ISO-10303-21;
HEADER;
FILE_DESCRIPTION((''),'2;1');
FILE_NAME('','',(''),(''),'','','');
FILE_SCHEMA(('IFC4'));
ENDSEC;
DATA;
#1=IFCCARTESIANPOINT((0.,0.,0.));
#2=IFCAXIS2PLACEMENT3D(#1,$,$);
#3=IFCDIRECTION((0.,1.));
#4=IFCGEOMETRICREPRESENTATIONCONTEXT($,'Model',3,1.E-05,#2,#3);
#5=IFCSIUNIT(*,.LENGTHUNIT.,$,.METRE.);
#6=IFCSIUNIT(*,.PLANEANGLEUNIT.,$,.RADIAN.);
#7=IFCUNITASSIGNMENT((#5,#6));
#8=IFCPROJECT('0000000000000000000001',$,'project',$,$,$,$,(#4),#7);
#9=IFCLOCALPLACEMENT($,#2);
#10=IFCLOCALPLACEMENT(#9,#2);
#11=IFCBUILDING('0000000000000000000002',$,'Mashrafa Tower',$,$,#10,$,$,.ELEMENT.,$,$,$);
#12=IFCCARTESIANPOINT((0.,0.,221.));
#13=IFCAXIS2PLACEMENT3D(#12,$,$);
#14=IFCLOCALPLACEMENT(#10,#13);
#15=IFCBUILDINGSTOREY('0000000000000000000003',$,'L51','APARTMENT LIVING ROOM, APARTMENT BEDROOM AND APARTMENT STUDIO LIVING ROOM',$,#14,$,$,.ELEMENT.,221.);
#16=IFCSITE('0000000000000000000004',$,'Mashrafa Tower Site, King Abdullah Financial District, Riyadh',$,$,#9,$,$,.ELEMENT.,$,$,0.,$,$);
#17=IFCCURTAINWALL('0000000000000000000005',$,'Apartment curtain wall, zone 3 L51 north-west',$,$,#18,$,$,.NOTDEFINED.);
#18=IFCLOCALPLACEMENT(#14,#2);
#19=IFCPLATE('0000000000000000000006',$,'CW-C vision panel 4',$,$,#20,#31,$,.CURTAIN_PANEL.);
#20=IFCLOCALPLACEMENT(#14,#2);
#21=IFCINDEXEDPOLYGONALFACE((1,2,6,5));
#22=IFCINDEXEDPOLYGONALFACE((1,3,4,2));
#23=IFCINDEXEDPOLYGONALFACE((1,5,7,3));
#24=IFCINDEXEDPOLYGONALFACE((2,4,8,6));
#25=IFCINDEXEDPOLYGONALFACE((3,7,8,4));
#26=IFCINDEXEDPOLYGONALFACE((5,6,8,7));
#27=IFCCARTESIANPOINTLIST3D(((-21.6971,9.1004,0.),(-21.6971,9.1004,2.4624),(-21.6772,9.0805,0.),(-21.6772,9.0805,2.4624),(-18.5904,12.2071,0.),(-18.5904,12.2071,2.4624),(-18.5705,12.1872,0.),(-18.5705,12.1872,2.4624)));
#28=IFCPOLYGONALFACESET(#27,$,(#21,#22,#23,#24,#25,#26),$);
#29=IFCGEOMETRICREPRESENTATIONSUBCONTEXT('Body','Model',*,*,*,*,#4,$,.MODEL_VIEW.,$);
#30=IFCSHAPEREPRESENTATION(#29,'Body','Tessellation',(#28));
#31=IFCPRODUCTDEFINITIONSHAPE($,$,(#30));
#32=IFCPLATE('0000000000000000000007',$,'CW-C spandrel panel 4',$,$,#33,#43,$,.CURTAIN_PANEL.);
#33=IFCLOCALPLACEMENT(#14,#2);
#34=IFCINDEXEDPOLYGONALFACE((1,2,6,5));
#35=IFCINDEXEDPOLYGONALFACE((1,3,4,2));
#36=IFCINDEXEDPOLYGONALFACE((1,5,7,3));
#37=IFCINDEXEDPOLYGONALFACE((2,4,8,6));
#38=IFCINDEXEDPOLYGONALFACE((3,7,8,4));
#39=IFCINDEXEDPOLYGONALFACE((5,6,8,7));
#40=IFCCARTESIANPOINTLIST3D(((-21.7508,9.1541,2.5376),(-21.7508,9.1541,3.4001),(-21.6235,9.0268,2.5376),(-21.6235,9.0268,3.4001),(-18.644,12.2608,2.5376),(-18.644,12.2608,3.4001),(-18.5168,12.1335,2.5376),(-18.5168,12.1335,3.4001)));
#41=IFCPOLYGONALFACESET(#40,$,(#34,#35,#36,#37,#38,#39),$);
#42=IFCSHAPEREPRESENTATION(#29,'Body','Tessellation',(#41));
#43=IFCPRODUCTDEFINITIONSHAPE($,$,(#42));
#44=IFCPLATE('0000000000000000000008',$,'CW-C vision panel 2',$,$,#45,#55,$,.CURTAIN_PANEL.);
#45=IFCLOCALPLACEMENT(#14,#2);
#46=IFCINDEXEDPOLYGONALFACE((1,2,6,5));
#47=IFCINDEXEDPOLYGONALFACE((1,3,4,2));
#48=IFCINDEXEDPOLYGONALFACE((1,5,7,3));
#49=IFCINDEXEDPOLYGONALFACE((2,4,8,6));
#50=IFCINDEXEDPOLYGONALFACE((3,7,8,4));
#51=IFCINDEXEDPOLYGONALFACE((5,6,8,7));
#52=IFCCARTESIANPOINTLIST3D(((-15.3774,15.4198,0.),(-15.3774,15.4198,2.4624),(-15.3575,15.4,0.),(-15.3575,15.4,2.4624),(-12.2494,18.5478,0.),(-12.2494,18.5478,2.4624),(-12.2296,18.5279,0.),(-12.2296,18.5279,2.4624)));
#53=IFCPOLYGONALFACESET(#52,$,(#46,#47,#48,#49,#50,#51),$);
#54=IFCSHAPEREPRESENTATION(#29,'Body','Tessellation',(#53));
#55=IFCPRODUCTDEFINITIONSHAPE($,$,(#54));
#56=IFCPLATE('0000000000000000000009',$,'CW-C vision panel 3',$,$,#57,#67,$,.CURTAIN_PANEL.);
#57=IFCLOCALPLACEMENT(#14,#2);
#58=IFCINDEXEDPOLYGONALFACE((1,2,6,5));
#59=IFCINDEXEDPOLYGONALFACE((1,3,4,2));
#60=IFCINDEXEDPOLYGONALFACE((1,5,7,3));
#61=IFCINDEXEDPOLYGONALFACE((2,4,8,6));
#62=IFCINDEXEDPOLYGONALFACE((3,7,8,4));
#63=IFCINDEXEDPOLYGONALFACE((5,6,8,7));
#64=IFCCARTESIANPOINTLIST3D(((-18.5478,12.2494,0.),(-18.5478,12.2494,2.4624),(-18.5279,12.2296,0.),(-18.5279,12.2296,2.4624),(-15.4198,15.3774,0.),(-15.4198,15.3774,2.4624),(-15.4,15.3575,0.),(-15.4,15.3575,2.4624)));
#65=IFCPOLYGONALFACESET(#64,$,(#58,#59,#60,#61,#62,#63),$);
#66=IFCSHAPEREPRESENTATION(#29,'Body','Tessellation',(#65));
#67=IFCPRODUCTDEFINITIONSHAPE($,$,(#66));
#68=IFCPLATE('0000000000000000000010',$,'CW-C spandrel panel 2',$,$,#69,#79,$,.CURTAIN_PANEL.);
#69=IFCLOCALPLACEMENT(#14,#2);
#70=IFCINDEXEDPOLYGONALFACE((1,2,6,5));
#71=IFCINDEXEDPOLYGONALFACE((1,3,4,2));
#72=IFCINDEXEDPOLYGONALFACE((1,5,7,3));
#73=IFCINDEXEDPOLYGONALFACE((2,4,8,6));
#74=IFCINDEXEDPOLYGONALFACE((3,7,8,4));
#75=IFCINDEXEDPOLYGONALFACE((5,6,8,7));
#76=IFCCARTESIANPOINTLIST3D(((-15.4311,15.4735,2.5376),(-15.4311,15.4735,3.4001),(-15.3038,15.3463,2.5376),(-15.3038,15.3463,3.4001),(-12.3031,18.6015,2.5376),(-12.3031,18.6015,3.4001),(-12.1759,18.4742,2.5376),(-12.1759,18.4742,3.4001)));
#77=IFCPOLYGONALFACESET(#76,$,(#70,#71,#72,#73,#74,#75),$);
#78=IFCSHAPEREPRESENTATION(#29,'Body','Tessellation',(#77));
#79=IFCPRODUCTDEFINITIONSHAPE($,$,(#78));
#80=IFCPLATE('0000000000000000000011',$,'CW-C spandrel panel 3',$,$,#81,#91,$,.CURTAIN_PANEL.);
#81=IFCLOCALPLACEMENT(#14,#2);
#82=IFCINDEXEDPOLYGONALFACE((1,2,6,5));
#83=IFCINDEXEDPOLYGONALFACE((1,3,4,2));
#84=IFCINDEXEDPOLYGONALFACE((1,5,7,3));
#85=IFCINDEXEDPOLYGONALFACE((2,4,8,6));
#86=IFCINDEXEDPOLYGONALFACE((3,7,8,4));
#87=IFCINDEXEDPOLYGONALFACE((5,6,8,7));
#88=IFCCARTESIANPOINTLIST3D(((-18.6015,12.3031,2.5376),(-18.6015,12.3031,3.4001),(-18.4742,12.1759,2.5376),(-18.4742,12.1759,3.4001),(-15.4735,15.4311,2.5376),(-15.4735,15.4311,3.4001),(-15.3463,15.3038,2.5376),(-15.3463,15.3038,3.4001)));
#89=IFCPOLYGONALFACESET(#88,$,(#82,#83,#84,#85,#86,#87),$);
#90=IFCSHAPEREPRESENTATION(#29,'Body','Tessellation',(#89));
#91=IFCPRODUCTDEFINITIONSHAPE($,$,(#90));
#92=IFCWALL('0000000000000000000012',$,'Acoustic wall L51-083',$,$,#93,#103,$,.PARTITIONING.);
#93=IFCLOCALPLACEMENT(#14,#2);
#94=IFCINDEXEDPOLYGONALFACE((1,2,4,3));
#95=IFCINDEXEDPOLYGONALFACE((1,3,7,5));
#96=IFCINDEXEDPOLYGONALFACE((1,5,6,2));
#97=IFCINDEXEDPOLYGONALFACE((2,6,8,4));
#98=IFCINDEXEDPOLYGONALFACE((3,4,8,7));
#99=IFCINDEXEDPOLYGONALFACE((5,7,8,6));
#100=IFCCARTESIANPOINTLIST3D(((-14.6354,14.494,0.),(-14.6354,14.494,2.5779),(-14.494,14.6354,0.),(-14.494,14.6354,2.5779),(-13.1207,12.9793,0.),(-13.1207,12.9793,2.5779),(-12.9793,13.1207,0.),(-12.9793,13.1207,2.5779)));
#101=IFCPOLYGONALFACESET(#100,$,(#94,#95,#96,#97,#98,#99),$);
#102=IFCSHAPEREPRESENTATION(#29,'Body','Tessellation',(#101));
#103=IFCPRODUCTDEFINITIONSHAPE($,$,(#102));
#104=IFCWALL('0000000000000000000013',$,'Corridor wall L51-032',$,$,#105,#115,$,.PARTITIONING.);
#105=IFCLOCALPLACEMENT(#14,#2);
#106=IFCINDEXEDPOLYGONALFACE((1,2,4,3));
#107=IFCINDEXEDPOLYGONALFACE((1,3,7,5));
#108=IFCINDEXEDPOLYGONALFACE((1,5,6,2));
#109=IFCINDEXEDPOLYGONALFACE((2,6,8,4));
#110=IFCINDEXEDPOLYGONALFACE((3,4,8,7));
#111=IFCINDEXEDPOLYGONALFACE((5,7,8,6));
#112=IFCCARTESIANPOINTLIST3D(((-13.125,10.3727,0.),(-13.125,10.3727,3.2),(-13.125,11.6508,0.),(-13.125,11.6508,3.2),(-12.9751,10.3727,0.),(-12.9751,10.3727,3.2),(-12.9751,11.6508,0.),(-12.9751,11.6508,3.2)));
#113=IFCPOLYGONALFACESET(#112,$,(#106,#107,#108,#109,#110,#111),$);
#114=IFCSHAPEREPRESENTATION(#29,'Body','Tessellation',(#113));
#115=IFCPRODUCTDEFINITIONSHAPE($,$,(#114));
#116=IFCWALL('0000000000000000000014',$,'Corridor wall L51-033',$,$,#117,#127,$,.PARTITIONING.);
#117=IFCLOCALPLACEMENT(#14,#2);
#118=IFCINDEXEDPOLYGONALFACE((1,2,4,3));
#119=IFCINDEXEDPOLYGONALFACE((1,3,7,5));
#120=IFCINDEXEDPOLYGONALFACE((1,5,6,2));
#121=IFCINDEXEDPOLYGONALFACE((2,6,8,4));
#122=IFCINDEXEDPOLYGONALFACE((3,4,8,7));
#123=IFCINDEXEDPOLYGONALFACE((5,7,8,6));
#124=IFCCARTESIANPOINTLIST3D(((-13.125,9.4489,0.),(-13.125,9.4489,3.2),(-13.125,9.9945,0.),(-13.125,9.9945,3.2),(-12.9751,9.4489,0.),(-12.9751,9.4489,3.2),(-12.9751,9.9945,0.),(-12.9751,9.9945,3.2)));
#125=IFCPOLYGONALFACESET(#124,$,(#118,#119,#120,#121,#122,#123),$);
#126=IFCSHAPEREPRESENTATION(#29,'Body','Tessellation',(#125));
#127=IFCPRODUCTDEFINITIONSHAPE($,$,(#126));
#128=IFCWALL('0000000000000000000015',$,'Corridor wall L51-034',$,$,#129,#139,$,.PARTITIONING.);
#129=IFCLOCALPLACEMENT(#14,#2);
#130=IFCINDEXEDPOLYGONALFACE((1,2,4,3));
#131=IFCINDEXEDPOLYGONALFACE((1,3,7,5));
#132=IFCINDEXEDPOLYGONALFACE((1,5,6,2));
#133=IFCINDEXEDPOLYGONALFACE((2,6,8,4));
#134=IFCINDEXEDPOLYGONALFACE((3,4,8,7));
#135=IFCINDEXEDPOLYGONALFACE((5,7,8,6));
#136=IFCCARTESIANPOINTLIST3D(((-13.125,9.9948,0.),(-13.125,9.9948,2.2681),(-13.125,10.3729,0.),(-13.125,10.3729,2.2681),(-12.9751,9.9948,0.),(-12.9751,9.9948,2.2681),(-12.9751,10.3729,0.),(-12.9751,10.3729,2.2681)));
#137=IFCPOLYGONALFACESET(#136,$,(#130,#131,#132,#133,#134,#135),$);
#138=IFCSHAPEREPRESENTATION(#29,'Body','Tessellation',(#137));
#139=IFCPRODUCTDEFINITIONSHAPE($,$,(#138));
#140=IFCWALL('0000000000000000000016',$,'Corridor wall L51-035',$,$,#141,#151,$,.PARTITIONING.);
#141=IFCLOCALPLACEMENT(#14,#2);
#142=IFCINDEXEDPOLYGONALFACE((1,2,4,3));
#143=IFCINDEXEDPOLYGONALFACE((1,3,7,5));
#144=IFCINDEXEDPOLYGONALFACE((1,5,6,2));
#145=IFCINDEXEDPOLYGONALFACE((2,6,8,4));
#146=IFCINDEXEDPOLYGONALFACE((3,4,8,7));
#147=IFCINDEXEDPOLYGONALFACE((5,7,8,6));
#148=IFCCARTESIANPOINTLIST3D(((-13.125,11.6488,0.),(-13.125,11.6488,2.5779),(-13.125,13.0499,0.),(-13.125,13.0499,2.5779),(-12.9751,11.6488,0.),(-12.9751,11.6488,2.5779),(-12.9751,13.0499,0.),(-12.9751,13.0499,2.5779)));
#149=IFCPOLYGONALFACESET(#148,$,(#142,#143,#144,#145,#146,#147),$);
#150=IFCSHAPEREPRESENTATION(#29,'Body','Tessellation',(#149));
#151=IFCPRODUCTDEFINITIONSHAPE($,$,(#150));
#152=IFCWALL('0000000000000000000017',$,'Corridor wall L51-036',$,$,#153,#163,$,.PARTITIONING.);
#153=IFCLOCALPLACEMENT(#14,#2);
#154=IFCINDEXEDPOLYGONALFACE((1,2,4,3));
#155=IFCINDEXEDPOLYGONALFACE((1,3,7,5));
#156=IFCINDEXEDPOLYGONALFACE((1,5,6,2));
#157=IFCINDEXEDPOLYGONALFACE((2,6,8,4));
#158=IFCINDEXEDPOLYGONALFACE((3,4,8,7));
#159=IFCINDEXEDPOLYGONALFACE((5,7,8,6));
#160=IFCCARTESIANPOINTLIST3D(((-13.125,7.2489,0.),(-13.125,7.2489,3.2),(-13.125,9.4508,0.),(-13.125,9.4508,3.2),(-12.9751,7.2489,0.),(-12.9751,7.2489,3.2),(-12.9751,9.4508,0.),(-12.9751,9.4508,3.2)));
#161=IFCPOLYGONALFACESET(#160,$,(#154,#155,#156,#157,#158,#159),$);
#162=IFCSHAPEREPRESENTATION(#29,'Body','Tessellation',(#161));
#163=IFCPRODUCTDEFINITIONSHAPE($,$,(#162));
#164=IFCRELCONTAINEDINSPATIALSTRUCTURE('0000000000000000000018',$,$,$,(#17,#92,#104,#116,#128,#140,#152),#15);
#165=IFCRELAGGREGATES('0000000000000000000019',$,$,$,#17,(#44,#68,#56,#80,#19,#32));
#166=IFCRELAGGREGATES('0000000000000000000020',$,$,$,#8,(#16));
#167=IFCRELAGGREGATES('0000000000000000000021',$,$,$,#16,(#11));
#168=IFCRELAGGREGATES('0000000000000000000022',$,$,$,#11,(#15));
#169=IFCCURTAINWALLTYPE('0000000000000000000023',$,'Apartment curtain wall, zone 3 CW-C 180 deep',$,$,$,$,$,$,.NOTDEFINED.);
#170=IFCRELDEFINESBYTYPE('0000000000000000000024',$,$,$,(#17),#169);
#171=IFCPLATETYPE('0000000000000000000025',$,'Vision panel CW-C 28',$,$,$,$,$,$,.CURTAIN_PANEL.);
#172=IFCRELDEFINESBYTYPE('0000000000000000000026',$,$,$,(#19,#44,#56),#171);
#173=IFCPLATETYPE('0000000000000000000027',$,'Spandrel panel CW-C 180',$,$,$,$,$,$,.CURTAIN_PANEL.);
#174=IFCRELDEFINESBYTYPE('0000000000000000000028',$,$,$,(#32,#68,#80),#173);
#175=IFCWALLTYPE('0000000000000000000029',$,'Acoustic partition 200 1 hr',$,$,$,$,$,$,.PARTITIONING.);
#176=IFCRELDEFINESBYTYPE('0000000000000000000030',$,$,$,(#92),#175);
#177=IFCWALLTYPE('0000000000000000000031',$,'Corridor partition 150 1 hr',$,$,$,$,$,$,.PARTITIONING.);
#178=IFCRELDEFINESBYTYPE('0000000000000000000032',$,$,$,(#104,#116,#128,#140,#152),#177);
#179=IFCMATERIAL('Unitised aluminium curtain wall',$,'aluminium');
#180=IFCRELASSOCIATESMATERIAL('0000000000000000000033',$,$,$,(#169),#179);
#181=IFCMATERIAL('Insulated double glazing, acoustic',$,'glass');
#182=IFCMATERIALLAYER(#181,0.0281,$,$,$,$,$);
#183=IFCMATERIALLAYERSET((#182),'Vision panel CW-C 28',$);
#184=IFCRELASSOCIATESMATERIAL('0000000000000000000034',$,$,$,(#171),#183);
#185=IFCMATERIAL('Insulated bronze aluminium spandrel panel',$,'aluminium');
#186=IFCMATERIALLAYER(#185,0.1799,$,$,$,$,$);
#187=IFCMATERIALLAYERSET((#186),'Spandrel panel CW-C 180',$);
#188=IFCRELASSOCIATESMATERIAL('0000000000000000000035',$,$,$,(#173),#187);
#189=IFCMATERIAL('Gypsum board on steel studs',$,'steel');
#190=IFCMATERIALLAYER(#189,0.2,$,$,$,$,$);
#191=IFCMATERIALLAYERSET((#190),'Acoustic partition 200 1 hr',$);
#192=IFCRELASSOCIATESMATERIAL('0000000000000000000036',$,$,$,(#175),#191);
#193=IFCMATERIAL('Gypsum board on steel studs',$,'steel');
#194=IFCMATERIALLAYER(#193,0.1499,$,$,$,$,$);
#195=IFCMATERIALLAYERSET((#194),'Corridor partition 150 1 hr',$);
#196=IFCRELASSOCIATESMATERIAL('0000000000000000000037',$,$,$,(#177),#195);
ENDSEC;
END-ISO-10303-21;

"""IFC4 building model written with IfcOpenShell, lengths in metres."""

from ifc_helpers import new_model, si_unit, direction, frame, frame_2d, origin, origin_2d, place, context, subcontext, project, spatial, rectangle, extrude, source, transform, mapped, material, layer, layer_set, type_object, type_shapes, element, aggregate, save


model = new_model("IFC4")

# Units and contexts
model_context = context("Model", 3, precision=1e-05, world=origin(), true_north=direction((0.0, 1.0)))
body_context = subcontext(model_context, "Body", "Model", "MODEL_VIEW")
ifc_project = project(units=[si_unit("LENGTHUNIT", "METRE"), si_unit("PLANEANGLEUNIT", "RADIAN")], contexts=[model_context])

# Site, building, storey
site_placement = place(None, origin())
site = spatial("IfcSite", under=ifc_project, at=site_placement, Name="Mashrafa Tower Site, King Abdullah Financial District, Riyadh", CompositionType="ELEMENT", RefElevation=0.0)
building_placement = place(site_placement, origin())
building = spatial("IfcBuilding", under=site, at=building_placement, Name="Mashrafa Tower", CompositionType="ELEMENT")
storey_placement = place(building_placement, frame((0.0, 0.0, 221.0)))
storey = spatial("IfcBuildingStorey", under=building, at=storey_placement, Name="L51", Description="APARTMENT LIVING ROOM, APARTMENT BEDROOM AND APARTMENT STUDIO LIVING ROOM", CompositionType="ELEMENT", Elevation=221.0)

# Curtain wall, plates
ifc_material_1 = material(Name="Unitised aluminium curtain wall", Category="aluminium")
curtain_wall_type = type_object("IfcCurtainWallType", Name="Apartment curtain wall, zone 3 CW-C 180 deep", PredefinedType="NOTDEFINED", material=ifc_material_1)
curtain_wall_placement = place(storey_placement, origin())
curtain_wall = element("IfcCurtainWall", 1, at=curtain_wall_placement, inside=storey, type_object=curtain_wall_type, Name="Apartment curtain wall, zone 3 L51 north-west", PredefinedType="NOTDEFINED")
ifc_material_2 = material(Name="Insulated double glazing, acoustic", Category="glass")
ifc_layer_1 = layer(ifc_material_2, 0.0281)
ifc_layer_set_1 = layer_set([ifc_layer_1], Name="Vision panel CW-C 28")
plate_type_1 = type_object("IfcPlateType", Name="Vision panel CW-C 28", PredefinedType="CURTAIN_PANEL", material=ifc_layer_set_1)
shared_shape_1 = source(origin(), body_context, "Body", "SweptSolid", [
    extrude(rectangle(XDim=4.3936, YDim=0.0281, at=origin_2d()), origin(), (0.0, 0.0, 1.0), 2.4624),
])
plate_1_placement = place(storey_placement, frame((-20.1338, 10.6438, 0.0), z_axis=(0.0, 0.0, 1.0), x_axis=(-0.707107, -0.707107, 0.0)))
plate_1 = element("IfcPlate", 2, at=plate_1_placement, type_object=plate_type_1, Name="CW-C vision panel 4", PredefinedType="CURTAIN_PANEL", context=body_context, shape_type="MappedRepresentation", body=[
    mapped(shared_shape_1, transform((0.0, 0.0, 0.0))),
])
ifc_material_3 = material(Name="Insulated bronze aluminium spandrel panel", Category="aluminium")
ifc_layer_2 = layer(ifc_material_3, 0.1799)
ifc_layer_set_2 = layer_set([ifc_layer_2], Name="Spandrel panel CW-C 180")
plate_type_2 = type_object("IfcPlateType", Name="Spandrel panel CW-C 180", PredefinedType="CURTAIN_PANEL", material=ifc_layer_set_2)
shared_shape_2 = source(origin(), body_context, "Body", "SweptSolid", [
    extrude(rectangle(XDim=4.3936, YDim=0.1799, at=origin_2d()), origin(), (0.0, 0.0, 1.0), 0.8625),
])
plate_2_placement = place(storey_placement, frame((-20.1338, 10.6438, 2.5376), z_axis=(0.0, 0.0, 1.0), x_axis=(-0.707107, -0.707107, 0.0)))
plate_2 = element("IfcPlate", 3, at=plate_2_placement, type_object=plate_type_2, Name="CW-C spandrel panel 4", PredefinedType="CURTAIN_PANEL", context=body_context, shape_type="MappedRepresentation", body=[
    mapped(shared_shape_2, transform((0.0, 0.0, 0.0))),
])
shared_shape_3 = source(origin(), body_context, "Body", "SweptSolid", [
    extrude(rectangle(XDim=4.4236, YDim=0.0281, at=origin_2d()), origin(), (0.0, 0.0, 1.0), 2.4624),
])
type_shapes(plate_type_1, [shared_shape_1, shared_shape_3])
plate_3_placement = place(storey_placement, frame((-13.8035, 16.9739, 0.0), z_axis=(0.0, 0.0, 1.0), x_axis=(-0.707107, -0.707107, 0.0)))
plate_3 = element("IfcPlate", 4, at=plate_3_placement, type_object=plate_type_1, Name="CW-C vision panel 2", PredefinedType="CURTAIN_PANEL", context=body_context, shape_type="MappedRepresentation", body=[
    mapped(shared_shape_3, transform((0.0, 0.0, 0.0))),
])
plate_4_placement = place(storey_placement, frame((-16.9739, 13.8035, 0.0), z_axis=(0.0, 0.0, 1.0), x_axis=(-0.707107, -0.707107, 0.0)))
plate_4 = element("IfcPlate", 5, at=plate_4_placement, type_object=plate_type_1, Name="CW-C vision panel 3", PredefinedType="CURTAIN_PANEL", context=body_context, shape_type="MappedRepresentation", body=[
    mapped(shared_shape_3, transform((0.0, 0.0, 0.0))),
])
shared_shape_4 = source(origin(), body_context, "Body", "SweptSolid", [
    extrude(rectangle(XDim=4.4236, YDim=0.1799, at=origin_2d()), origin(), (0.0, 0.0, 1.0), 0.8625),
])
type_shapes(plate_type_2, [shared_shape_2, shared_shape_4])
plate_5_placement = place(storey_placement, frame((-13.8035, 16.9739, 2.5376), z_axis=(0.0, 0.0, 1.0), x_axis=(-0.707107, -0.707107, 0.0)))
plate_5 = element("IfcPlate", 6, at=plate_5_placement, type_object=plate_type_2, Name="CW-C spandrel panel 2", PredefinedType="CURTAIN_PANEL", context=body_context, shape_type="MappedRepresentation", body=[
    mapped(shared_shape_4, transform((0.0, 0.0, 0.0))),
])
plate_6_placement = place(storey_placement, frame((-16.9739, 13.8035, 2.5376), z_axis=(0.0, 0.0, 1.0), x_axis=(-0.707107, -0.707107, 0.0)))
plate_6 = element("IfcPlate", 7, at=plate_6_placement, type_object=plate_type_2, Name="CW-C spandrel panel 3", PredefinedType="CURTAIN_PANEL", context=body_context, shape_type="MappedRepresentation", body=[
    mapped(shared_shape_4, transform((0.0, 0.0, 0.0))),
])
aggregate(curtain_wall, [plate_3, plate_5, plate_4, plate_6, plate_1, plate_2])

# Walls
ifc_material_4 = material(Name="Gypsum board on steel studs", Category="steel")
ifc_layer_3 = layer(ifc_material_4, 0.2)
ifc_layer_set_3 = layer_set([ifc_layer_3], Name="Acoustic partition 200 1 hr")
wall_type_1 = type_object("IfcWallType", Name="Acoustic partition 200 1 hr", PredefinedType="PARTITIONING", material=ifc_layer_set_3)
wall_1_placement = place(storey_placement, frame((-14.5647, 14.5647, 0.0), z_axis=(0.0, 0.0, 1.0), x_axis=(0.707107, -0.707107, 0.0)))
element("IfcWall", 8, at=wall_1_placement, inside=storey, type_object=wall_type_1, Name="Acoustic wall L51-083", PredefinedType="PARTITIONING", context=body_context, shape_type="SweptSolid", body=[
    extrude(rectangle(XDim=2.1421, YDim=0.2, at=frame_2d((1.071, 0.0))), origin(), (0.0, 0.0, 1.0), 2.5779),
])
ifc_material_5 = material(Name="Gypsum board on steel studs", Category="steel")
ifc_layer_4 = layer(ifc_material_5, 0.1499)
ifc_layer_set_4 = layer_set([ifc_layer_4], Name="Corridor partition 150 1 hr")
wall_type_2 = type_object("IfcWallType", Name="Corridor partition 150 1 hr", PredefinedType="PARTITIONING", material=ifc_layer_set_4)
wall_2_placement = place(storey_placement, frame((-13.05, 11.6509, 0.0), z_axis=(0.0, 0.0, 1.0), x_axis=(0.0, -1.0, 0.0)))
element("IfcWall", 9, at=wall_2_placement, inside=storey, type_object=wall_type_2, Name="Corridor wall L51-032", PredefinedType="PARTITIONING", context=body_context, shape_type="SweptSolid", body=[
    extrude(rectangle(XDim=1.2781, YDim=0.1499, at=frame_2d((0.6392, 0.0))), origin(), (0.0, 0.0, 1.0), 3.2),
])
wall_3_placement = place(storey_placement, frame((-13.05, 9.9946, 0.0), z_axis=(0.0, 0.0, 1.0), x_axis=(0.0, -1.0, 0.0)))
element("IfcWall", 10, at=wall_3_placement, inside=storey, type_object=wall_type_2, Name="Corridor wall L51-033", PredefinedType="PARTITIONING", context=body_context, shape_type="SweptSolid", body=[
    extrude(rectangle(XDim=0.5457, YDim=0.1499, at=frame_2d((0.2729, 0.0))), origin(), (0.0, 0.0, 1.0), 3.2),
])
wall_4_placement = place(storey_placement, frame((-13.05, 10.3728, 0.0), z_axis=(0.0, 0.0, 1.0), x_axis=(0.0, -1.0, 0.0)))
element("IfcWall", 11, at=wall_4_placement, inside=storey, type_object=wall_type_2, Name="Corridor wall L51-034", PredefinedType="PARTITIONING", context=body_context, shape_type="SweptSolid", body=[
    extrude(rectangle(XDim=0.3782, YDim=0.1499, at=frame_2d((0.189, 0.0))), origin(), (0.0, 0.0, 1.0), 2.2681),
])
wall_5_placement = place(storey_placement, frame((-13.05, 13.05, 0.0), z_axis=(0.0, 0.0, 1.0), x_axis=(0.0, -1.0, 0.0)))
element("IfcWall", 12, at=wall_5_placement, inside=storey, type_object=wall_type_2, Name="Corridor wall L51-035", PredefinedType="PARTITIONING", context=body_context, shape_type="SweptSolid", body=[
    extrude(rectangle(XDim=1.4011, YDim=0.1499, at=frame_2d((0.7007, 0.0))), origin(), (0.0, 0.0, 1.0), 2.5779),
])
wall_6_placement = place(storey_placement, frame((-13.05, 9.4509, 0.0), z_axis=(0.0, 0.0, 1.0), x_axis=(0.0, -1.0, 0.0)))
element("IfcWall", 13, at=wall_6_placement, inside=storey, type_object=wall_type_2, Name="Corridor wall L51-036", PredefinedType="PARTITIONING", context=body_context, shape_type="SweptSolid", body=[
    extrude(rectangle(XDim=2.2019, YDim=0.1499, at=frame_2d((1.1011, 0.0))), origin(), (0.0, 0.0, 1.0), 3.2),
])

save(model, "model.ifc")
